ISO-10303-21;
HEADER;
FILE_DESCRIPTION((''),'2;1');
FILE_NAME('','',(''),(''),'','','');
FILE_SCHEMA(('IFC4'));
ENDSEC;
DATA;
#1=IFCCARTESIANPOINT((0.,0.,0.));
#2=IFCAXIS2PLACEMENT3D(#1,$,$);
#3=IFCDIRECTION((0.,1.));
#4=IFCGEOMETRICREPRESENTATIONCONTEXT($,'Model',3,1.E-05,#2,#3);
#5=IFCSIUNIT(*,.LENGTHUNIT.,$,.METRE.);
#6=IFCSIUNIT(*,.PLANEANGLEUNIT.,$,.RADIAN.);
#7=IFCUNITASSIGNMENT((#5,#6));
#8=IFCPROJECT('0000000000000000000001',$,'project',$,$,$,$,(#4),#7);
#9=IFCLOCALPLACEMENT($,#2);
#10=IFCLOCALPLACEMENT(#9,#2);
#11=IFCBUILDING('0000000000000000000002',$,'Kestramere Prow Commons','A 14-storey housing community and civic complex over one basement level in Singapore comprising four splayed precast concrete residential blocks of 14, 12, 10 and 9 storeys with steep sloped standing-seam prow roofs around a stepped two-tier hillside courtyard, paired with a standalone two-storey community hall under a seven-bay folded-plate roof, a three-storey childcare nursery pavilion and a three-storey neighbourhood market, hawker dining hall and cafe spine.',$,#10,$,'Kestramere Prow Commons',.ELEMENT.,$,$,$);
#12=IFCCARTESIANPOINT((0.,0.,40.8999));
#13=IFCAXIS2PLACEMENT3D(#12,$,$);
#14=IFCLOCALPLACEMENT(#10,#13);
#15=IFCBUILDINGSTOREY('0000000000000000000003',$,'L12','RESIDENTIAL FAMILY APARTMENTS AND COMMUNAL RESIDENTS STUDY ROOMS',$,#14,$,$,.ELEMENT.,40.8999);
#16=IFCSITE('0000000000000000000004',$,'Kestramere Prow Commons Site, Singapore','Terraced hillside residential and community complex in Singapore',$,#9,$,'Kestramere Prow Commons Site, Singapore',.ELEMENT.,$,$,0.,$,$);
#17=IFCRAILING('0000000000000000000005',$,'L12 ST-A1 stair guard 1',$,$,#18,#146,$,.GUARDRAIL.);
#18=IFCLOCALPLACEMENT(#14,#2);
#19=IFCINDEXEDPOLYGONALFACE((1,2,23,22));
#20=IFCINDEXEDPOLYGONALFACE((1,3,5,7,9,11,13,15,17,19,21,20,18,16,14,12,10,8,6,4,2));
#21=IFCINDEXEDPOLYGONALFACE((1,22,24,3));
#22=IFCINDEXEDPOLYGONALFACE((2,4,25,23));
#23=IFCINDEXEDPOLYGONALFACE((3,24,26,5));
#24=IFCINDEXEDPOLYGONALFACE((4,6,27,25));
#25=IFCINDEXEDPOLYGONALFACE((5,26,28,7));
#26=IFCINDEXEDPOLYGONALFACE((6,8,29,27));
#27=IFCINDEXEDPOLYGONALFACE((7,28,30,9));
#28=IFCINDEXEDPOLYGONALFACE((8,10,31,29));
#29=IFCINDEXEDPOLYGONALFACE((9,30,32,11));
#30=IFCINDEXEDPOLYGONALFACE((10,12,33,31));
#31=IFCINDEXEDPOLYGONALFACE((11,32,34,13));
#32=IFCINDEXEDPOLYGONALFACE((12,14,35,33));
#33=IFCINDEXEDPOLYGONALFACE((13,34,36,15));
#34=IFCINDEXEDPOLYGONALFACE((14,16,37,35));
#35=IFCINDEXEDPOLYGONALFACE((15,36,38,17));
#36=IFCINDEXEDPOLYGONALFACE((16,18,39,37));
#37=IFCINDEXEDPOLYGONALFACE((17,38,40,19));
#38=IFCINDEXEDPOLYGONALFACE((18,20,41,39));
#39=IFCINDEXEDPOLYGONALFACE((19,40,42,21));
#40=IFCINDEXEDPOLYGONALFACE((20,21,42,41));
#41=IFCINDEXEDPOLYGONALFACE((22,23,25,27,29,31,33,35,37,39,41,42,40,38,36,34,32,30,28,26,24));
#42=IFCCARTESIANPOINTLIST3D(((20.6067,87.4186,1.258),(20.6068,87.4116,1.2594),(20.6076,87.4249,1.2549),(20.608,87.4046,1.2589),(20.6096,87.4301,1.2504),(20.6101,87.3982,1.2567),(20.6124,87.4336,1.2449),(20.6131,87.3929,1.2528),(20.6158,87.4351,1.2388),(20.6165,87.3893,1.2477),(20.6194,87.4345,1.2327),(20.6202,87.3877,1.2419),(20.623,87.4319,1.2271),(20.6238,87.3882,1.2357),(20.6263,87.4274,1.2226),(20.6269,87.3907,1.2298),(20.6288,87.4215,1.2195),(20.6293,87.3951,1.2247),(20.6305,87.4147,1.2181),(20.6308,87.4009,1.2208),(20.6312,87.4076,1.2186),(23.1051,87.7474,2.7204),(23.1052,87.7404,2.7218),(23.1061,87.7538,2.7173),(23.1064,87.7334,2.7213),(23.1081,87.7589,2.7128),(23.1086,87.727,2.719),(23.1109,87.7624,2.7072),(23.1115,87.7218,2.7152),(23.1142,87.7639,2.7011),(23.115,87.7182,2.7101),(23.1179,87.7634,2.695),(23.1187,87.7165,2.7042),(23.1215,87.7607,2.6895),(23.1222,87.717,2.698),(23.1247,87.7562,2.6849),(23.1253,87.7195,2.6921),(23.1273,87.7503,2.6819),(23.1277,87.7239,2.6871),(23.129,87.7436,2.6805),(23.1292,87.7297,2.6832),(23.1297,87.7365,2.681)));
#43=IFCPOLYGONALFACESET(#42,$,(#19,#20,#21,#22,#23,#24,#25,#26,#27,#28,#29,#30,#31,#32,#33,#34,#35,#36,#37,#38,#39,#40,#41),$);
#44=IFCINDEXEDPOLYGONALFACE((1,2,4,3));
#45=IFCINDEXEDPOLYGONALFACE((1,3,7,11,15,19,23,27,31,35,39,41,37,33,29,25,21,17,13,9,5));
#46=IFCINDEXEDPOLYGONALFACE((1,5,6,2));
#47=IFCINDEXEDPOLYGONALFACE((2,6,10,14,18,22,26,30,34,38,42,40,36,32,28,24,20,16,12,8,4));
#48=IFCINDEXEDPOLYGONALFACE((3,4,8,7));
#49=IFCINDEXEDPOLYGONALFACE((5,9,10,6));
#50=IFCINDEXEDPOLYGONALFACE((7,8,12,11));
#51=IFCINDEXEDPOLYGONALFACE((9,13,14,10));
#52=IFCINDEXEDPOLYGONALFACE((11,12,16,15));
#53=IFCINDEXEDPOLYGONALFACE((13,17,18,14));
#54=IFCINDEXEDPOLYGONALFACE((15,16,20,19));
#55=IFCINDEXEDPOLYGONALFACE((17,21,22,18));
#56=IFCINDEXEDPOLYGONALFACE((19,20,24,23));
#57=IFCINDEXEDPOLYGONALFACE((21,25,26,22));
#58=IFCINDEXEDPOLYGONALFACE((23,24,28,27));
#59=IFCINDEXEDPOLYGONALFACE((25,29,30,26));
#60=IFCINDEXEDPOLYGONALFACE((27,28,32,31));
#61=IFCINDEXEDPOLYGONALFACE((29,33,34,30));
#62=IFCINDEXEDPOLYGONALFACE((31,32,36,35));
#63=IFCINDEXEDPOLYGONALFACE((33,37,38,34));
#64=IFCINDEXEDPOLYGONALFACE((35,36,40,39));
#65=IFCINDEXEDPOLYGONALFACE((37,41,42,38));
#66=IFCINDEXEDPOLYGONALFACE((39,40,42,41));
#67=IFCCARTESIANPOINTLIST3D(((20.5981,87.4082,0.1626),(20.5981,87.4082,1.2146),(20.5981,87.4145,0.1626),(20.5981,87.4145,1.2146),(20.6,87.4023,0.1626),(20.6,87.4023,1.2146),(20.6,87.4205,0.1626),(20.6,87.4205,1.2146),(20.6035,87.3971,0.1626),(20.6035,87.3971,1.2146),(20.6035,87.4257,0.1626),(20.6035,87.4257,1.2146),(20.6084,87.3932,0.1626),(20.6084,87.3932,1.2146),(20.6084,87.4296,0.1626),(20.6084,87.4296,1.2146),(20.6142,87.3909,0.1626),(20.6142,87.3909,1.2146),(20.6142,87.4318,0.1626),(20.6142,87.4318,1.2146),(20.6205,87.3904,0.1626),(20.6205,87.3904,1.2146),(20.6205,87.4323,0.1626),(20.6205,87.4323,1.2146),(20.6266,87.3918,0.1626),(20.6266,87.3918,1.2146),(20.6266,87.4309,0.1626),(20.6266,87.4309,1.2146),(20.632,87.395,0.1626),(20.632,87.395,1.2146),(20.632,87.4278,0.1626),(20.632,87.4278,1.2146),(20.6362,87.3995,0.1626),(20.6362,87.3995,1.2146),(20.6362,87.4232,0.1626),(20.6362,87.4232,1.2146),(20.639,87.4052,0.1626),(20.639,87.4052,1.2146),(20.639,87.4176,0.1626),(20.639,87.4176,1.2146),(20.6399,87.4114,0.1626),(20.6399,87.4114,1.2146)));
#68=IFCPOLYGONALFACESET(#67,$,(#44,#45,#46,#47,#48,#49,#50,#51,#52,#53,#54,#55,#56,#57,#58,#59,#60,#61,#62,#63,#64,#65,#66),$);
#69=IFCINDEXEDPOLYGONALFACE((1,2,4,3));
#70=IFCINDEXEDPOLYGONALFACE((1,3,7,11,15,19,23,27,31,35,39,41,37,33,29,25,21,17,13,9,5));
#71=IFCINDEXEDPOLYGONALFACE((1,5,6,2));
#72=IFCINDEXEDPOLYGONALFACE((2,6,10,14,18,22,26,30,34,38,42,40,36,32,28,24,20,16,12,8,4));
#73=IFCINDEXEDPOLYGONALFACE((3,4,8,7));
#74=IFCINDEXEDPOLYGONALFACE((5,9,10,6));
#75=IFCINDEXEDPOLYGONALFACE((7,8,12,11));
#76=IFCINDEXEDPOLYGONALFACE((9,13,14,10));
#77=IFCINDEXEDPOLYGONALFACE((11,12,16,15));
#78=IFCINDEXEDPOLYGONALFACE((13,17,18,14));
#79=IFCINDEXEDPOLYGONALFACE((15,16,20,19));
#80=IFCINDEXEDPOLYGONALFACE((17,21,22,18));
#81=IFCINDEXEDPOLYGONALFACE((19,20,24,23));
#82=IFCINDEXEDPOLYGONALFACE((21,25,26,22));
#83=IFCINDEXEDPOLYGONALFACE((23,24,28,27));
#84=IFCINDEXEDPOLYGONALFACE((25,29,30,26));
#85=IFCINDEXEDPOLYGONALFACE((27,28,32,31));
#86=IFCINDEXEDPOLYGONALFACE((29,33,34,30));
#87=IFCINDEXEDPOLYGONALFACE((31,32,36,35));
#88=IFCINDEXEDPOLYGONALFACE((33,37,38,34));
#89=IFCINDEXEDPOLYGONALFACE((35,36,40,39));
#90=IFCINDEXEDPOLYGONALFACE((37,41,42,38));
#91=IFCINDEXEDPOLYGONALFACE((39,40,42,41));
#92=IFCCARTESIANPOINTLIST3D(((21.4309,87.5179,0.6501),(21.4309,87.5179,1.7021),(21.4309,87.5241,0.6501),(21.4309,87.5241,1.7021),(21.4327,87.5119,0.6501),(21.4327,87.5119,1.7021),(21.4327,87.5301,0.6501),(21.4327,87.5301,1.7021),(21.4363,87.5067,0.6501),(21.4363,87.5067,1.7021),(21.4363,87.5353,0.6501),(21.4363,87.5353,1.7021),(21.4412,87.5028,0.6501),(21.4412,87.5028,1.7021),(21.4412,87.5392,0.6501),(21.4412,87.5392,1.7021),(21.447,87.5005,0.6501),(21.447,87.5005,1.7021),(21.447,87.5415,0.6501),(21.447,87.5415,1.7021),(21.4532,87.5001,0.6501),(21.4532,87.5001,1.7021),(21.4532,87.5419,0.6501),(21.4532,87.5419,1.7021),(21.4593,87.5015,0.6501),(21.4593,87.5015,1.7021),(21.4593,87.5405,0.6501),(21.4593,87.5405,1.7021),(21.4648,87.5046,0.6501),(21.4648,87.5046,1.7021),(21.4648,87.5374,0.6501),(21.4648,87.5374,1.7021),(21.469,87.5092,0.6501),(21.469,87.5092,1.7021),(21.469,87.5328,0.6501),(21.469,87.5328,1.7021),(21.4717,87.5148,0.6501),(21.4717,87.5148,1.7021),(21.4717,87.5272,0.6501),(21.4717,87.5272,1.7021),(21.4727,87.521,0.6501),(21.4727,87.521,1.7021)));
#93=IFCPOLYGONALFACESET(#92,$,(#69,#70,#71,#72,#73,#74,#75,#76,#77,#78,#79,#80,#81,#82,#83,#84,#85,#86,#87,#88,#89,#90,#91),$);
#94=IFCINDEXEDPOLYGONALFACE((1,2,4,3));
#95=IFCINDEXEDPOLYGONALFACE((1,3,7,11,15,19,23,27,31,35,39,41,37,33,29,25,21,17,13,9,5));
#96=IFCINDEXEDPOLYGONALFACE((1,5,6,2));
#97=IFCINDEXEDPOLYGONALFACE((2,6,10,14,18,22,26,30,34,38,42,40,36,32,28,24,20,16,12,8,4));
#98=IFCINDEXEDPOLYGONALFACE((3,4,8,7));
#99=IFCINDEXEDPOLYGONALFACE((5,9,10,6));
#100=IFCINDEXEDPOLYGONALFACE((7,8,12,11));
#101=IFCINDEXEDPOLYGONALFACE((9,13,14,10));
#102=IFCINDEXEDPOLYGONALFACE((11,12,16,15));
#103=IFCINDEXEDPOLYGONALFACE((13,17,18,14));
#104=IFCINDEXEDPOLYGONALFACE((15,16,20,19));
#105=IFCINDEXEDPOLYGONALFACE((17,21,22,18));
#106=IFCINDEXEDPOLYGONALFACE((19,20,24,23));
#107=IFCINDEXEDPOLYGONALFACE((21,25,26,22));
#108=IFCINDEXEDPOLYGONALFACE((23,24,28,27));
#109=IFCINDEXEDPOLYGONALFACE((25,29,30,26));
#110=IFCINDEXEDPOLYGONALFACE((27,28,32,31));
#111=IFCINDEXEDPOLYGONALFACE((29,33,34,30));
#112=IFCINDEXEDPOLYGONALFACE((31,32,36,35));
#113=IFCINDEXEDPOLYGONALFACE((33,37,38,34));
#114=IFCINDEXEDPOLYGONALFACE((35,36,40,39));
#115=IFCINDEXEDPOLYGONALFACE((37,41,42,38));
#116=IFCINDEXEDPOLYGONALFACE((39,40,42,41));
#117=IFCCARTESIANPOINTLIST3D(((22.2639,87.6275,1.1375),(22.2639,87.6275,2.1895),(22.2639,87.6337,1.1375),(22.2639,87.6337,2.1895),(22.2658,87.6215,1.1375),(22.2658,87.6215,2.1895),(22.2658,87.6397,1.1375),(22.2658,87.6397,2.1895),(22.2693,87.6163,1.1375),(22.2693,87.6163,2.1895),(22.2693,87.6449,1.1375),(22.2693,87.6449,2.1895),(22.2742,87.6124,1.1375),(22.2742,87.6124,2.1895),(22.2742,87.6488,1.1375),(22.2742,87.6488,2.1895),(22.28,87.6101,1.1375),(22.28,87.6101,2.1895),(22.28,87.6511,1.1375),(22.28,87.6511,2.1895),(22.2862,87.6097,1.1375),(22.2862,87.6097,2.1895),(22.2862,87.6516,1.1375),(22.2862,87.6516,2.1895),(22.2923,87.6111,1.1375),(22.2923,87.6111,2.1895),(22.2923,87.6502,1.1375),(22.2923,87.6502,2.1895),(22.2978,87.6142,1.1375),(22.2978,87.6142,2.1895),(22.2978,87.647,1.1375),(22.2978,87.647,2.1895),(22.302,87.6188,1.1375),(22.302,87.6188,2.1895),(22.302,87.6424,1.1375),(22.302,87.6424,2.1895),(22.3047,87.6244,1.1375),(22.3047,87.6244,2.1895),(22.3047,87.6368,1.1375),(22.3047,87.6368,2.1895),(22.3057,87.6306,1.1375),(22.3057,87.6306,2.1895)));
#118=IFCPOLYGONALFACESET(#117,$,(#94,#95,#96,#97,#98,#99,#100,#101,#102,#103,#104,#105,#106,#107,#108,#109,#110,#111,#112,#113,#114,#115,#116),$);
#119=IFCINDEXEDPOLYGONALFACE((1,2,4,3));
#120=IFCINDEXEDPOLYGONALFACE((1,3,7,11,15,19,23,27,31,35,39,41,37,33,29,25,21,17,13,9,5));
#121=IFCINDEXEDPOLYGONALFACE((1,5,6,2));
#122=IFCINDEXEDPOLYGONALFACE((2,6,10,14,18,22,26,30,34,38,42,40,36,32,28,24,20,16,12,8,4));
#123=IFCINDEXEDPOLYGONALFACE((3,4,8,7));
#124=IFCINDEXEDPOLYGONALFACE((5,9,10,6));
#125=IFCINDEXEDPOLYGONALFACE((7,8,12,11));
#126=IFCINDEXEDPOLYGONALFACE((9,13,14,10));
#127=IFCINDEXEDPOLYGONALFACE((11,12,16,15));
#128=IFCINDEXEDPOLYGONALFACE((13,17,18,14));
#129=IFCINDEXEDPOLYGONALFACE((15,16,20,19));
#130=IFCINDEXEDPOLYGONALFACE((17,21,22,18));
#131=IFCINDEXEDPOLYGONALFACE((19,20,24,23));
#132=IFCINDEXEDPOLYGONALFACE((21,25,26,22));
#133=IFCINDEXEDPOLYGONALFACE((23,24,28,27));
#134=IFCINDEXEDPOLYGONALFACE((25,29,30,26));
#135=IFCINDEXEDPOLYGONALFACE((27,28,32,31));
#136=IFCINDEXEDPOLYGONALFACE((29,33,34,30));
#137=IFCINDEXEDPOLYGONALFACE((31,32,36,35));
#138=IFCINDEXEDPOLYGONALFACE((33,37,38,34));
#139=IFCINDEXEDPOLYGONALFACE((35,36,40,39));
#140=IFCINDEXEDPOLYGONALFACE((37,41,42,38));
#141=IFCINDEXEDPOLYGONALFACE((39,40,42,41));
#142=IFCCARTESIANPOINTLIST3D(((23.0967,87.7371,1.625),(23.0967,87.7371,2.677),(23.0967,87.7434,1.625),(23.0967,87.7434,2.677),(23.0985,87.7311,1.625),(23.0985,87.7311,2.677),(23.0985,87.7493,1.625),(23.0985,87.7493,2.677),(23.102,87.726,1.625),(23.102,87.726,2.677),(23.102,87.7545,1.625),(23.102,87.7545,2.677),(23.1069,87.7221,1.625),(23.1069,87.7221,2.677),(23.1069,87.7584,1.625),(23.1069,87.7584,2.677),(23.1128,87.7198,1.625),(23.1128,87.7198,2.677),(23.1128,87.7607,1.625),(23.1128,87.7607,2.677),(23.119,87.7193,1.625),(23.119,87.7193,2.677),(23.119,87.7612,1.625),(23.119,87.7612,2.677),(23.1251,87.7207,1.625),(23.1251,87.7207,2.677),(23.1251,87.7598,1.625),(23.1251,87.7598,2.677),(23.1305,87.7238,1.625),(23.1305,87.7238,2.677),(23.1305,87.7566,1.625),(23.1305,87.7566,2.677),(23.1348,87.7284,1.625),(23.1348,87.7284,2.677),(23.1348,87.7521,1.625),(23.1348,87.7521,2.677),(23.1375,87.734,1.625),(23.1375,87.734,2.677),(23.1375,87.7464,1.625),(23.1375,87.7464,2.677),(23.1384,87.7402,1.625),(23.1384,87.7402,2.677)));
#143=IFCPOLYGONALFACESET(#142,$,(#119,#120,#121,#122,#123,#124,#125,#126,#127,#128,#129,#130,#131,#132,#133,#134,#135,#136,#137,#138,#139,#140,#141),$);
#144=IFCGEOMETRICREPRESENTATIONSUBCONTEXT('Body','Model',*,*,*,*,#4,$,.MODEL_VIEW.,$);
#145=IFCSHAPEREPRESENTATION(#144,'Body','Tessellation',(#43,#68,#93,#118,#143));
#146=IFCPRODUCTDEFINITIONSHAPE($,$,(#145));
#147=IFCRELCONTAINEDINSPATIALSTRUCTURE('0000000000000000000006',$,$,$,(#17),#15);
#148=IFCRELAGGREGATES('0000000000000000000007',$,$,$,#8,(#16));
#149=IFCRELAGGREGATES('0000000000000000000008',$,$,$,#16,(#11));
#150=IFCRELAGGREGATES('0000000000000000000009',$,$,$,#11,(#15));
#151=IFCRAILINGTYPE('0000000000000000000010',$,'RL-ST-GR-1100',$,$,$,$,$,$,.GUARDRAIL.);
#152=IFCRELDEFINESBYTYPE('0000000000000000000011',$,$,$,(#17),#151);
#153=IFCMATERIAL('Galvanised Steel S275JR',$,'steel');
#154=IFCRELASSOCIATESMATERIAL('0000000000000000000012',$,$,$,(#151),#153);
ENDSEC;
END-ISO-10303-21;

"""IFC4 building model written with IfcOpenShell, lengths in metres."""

from ifc_helpers import new_model, si_unit, direction, frame, origin, origin_2d, place, context, subcontext, project, spatial, circle, extrude, material, type_object, element, save


model = new_model("IFC4")

# Units and contexts
model_context = context("Model", 3, precision=1e-05, world=origin(), true_north=direction((0.0, 1.0)))
body_context = subcontext(model_context, "Body", "Model", "MODEL_VIEW")
ifc_project = project(units=[si_unit("LENGTHUNIT", "METRE"), si_unit("PLANEANGLEUNIT", "RADIAN")], contexts=[model_context])

# Site, building, storey
site_placement = place(None, origin())
site = spatial("IfcSite", under=ifc_project, at=site_placement, Name="Kestramere Prow Commons Site, Singapore", Description="Terraced hillside residential and community complex in Singapore", LongName="Kestramere Prow Commons Site, Singapore", CompositionType="ELEMENT", RefElevation=0.0)
building_placement = place(site_placement, origin())
building = spatial("IfcBuilding", under=site, at=building_placement, Name="Kestramere Prow Commons", Description="A 14-storey housing community and civic complex over one basement level in Singapore comprising four splayed precast concrete residential blocks of 14, 12, 10 and 9 storeys with steep sloped standing-seam prow roofs around a stepped two-tier hillside courtyard, paired with a standalone two-storey community hall under a seven-bay folded-plate roof, a three-storey childcare nursery pavilion and a three-storey neighbourhood market, hawker dining hall and cafe spine.", LongName="Kestramere Prow Commons", CompositionType="ELEMENT")
storey_placement = place(building_placement, frame((0.0, 0.0, 40.8999)))
storey = spatial("IfcBuildingStorey", under=building, at=storey_placement, Name="L12", Description="RESIDENTIAL FAMILY APARTMENTS AND COMMUNAL RESIDENTS STUDY ROOMS", CompositionType="ELEMENT", Elevation=40.8999)

# Railing
ifc_material_1 = material(Name="Galvanised Steel S275JR", Category="steel")
railing_type_1 = type_object("IfcRailingType", Name="RL-ST-GR-1100", PredefinedType="GUARDRAIL", material=ifc_material_1)
railing_1_placement = place(storey_placement, frame((20.6189, 87.4114, 0.1626)))
element("IfcRailing", 1, at=railing_1_placement, inside=storey, type_object=railing_type_1, Name="L12 ST-A1 stair guard 1", PredefinedType="GUARDRAIL", context=body_context, shape_type="SweptSolid", body=[
    extrude(circle(Radius=0.0239, at=origin_2d()), frame((0.0, 0.0, 1.0762), z_axis=(0.857523, 0.112867, 0.501912), x_axis=(-0.130495, 0.991449, 0.0)), (0.0, 0.0, 1.0), 2.9136),
    extrude(circle(Radius=0.021, at=origin_2d()), origin(), (0.0, 0.0, 1.0), 1.052),
    extrude(circle(Radius=0.021, at=origin_2d()), frame((0.8328, 0.1096, 0.4875)), (0.0, 0.0, 1.0), 1.052),
    extrude(circle(Radius=0.021, at=origin_2d()), frame((1.6658, 0.2192, 0.9749)), (0.0, 0.0, 1.0), 1.052),
    extrude(circle(Radius=0.021, at=origin_2d()), frame((2.4985, 0.3289, 1.4624)), (0.0, 0.0, 1.0), 1.052),
])

save(model, "model.ifc")
